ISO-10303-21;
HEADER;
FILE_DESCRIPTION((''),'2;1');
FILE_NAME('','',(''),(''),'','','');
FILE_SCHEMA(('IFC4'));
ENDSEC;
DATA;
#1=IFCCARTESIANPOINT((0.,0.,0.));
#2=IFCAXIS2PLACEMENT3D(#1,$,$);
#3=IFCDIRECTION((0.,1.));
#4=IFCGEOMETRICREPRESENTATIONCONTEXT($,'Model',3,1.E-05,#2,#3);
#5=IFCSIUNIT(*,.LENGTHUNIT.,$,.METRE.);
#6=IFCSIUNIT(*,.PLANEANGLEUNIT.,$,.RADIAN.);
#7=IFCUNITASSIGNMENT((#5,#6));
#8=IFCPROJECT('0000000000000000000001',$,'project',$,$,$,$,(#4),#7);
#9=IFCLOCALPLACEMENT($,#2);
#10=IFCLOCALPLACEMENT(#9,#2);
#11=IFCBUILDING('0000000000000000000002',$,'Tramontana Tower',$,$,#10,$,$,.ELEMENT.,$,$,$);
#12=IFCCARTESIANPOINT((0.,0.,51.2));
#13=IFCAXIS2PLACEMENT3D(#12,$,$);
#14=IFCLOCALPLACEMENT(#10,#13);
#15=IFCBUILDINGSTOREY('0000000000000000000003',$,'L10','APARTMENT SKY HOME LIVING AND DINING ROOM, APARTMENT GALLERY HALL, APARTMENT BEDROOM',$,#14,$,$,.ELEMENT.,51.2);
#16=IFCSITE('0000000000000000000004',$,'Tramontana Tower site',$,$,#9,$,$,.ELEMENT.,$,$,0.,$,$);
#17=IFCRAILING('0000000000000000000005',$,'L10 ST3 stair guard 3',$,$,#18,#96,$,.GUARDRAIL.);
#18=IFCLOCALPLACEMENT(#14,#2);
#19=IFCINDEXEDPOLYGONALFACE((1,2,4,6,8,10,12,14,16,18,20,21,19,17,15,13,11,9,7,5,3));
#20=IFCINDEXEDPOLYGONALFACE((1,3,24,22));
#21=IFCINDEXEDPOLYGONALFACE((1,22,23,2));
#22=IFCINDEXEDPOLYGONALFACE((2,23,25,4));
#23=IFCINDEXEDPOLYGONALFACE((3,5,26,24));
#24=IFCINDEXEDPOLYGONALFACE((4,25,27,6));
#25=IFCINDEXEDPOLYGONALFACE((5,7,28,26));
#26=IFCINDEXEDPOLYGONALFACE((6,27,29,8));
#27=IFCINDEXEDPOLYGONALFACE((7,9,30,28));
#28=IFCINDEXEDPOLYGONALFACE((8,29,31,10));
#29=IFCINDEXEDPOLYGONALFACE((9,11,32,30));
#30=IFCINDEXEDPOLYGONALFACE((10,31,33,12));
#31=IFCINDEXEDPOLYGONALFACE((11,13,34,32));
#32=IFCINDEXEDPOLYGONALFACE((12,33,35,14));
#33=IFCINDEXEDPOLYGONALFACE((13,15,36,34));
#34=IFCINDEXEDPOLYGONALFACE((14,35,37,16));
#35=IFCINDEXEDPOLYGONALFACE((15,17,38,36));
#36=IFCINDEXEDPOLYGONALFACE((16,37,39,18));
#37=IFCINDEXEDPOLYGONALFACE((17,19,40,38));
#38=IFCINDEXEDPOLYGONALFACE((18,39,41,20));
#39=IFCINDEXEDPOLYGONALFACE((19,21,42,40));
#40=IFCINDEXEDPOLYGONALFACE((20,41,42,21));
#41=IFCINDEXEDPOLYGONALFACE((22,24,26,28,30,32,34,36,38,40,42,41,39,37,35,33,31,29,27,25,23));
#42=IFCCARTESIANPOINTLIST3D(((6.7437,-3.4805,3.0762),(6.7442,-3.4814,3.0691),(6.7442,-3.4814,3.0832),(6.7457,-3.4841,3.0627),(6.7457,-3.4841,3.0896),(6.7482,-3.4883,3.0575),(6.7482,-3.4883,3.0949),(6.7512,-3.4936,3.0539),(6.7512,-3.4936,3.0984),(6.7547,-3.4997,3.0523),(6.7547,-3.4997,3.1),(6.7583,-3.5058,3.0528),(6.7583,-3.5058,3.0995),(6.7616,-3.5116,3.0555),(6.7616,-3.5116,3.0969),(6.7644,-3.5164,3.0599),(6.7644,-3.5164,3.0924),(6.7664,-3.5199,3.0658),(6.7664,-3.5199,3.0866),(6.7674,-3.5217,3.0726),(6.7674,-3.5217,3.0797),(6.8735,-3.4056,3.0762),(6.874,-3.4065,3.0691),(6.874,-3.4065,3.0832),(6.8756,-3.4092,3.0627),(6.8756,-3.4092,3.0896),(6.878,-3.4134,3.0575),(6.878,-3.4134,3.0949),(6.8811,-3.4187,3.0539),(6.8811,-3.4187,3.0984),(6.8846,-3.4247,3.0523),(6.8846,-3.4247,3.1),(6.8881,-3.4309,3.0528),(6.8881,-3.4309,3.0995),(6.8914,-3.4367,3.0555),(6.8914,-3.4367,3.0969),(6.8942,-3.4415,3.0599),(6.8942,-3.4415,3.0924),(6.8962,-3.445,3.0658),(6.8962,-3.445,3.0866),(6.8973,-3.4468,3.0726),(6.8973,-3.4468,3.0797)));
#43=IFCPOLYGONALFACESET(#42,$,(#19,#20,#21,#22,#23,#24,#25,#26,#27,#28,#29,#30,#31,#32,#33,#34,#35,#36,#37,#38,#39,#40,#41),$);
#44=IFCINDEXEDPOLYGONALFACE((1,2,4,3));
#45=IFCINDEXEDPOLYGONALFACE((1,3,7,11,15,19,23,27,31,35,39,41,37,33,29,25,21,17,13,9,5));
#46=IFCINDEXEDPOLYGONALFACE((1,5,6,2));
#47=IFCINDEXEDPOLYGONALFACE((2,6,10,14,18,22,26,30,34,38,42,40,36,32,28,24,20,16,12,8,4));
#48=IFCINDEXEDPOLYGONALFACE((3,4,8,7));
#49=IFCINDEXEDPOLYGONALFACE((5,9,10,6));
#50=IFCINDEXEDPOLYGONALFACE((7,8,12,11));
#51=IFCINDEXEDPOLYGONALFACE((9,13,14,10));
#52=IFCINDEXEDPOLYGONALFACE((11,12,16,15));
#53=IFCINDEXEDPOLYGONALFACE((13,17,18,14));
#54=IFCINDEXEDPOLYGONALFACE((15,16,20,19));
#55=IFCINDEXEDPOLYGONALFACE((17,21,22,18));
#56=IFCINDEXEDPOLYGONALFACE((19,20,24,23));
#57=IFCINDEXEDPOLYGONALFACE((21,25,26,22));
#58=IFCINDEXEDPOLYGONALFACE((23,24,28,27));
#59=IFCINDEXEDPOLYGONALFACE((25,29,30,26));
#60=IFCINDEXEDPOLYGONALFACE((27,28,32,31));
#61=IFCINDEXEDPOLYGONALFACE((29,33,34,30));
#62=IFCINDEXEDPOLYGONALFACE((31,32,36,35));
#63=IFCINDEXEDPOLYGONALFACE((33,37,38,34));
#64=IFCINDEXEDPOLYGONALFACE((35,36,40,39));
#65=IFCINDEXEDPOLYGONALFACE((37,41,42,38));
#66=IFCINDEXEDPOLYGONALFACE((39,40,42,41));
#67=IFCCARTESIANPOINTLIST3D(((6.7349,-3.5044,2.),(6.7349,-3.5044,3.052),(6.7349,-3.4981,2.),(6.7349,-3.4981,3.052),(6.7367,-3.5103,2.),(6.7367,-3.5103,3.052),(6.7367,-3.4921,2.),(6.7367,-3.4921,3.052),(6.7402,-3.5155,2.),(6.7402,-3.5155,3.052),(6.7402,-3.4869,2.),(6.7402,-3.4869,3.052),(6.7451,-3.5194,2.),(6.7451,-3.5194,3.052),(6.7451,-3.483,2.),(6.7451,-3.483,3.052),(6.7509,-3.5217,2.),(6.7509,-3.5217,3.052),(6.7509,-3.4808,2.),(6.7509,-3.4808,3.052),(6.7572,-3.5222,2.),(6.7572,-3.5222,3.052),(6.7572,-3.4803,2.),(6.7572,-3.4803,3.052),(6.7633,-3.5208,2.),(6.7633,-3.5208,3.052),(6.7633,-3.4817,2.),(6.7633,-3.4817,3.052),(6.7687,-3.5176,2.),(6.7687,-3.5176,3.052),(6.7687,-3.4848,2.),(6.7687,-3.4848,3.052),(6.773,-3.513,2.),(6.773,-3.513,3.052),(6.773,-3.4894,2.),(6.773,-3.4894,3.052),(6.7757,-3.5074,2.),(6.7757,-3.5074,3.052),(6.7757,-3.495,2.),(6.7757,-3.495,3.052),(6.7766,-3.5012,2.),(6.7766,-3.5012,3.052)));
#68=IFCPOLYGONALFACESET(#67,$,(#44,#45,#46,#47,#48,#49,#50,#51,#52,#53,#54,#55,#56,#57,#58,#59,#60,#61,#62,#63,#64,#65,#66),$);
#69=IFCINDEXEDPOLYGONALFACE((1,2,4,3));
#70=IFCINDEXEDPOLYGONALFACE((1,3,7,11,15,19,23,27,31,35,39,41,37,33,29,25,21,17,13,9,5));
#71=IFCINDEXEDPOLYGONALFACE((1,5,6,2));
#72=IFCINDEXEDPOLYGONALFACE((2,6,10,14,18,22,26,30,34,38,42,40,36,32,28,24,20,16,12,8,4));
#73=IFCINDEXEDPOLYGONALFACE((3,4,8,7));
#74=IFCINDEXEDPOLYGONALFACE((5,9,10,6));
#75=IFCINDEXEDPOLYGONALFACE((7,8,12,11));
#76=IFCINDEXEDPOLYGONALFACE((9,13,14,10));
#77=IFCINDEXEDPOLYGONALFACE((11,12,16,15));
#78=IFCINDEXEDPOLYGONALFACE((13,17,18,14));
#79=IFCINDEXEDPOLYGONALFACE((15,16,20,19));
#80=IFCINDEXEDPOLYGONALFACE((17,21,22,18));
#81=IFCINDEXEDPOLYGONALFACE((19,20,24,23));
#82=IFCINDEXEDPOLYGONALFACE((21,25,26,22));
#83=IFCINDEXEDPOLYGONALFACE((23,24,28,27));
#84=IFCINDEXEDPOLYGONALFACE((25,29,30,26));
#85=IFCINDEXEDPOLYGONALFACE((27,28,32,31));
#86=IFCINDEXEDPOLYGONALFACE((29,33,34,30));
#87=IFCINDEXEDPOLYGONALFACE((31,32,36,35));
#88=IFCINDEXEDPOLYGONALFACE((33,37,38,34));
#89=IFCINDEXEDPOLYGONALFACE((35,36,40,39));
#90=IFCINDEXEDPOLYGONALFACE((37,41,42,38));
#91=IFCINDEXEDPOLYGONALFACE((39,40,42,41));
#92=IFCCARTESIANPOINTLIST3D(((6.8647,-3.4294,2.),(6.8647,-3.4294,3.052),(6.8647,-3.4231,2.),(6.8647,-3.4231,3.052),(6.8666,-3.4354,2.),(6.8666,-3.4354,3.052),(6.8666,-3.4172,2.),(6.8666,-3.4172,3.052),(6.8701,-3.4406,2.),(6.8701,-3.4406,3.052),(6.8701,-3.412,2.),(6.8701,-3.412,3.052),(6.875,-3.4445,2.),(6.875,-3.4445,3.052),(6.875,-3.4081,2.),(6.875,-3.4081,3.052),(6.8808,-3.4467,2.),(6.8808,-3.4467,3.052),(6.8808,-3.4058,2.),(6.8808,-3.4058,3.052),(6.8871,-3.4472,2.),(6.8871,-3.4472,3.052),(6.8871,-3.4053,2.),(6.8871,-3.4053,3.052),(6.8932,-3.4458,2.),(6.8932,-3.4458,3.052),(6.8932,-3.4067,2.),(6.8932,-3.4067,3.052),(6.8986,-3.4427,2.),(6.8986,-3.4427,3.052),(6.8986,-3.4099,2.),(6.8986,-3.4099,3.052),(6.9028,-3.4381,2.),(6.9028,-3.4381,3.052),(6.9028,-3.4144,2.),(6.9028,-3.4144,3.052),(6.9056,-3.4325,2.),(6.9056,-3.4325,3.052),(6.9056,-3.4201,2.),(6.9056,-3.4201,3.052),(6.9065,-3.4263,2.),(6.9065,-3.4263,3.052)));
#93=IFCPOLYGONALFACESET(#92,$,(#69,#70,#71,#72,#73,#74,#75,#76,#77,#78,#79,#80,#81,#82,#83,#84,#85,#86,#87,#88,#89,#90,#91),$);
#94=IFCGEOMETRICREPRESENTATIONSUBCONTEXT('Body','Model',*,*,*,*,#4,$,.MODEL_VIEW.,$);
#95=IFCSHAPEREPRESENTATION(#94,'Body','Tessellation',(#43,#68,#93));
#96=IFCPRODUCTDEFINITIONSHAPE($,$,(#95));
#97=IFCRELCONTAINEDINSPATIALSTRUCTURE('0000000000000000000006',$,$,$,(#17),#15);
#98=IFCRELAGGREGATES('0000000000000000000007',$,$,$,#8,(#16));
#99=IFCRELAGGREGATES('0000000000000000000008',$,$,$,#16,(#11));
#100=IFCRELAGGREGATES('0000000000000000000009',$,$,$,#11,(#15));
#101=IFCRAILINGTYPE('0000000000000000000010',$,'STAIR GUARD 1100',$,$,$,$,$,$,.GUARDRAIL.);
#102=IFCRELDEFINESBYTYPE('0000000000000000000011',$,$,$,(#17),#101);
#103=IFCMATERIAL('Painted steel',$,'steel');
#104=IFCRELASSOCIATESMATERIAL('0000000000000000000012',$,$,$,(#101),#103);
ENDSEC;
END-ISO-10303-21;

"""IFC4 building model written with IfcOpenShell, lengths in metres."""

from ifc_helpers import new_model, si_unit, direction, frame, origin, origin_2d, place, context, subcontext, project, spatial, circle, extrude, material, type_object, element, save


model = new_model("IFC4")

# Units and contexts
model_context = context("Model", 3, precision=1e-05, world=origin(), true_north=direction((0.0, 1.0)))
body_context = subcontext(model_context, "Body", "Model", "MODEL_VIEW")
ifc_project = project(units=[si_unit("LENGTHUNIT", "METRE"), si_unit("PLANEANGLEUNIT", "RADIAN")], contexts=[model_context])

# Site, building, storey
site_placement = place(None, origin())
site = spatial("IfcSite", under=ifc_project, at=site_placement, Name="Tramontana Tower site", CompositionType="ELEMENT", RefElevation=0.0)
building_placement = place(site_placement, origin())
building = spatial("IfcBuilding", under=site, at=building_placement, Name="Tramontana Tower", CompositionType="ELEMENT")
storey_placement = place(building_placement, frame((0.0, 0.0, 51.2)))
storey = spatial("IfcBuildingStorey", under=building, at=storey_placement, Name="L10", Description="APARTMENT SKY HOME LIVING AND DINING ROOM, APARTMENT GALLERY HALL, APARTMENT BEDROOM", CompositionType="ELEMENT", Elevation=51.2)

# Railing
ifc_material_1 = material(Name="Painted steel", Category="steel")
railing_type_1 = type_object("IfcRailingType", Name="STAIR GUARD 1100", PredefinedType="GUARDRAIL", material=ifc_material_1)
railing_1_placement = place(storey_placement, frame((6.7556, -3.5012, 2.0)))
element("IfcRailing", 1, at=railing_1_placement, inside=storey, type_object=railing_type_1, Name="L10 ST3 stair guard 3", PredefinedType="GUARDRAIL", context=body_context, shape_type="SweptSolid", body=[
    extrude(circle(Radius=0.0239, at=origin_2d()), frame((0.0, 0.0, 1.0762), z_axis=(0.866131, 0.499816, 0.0), x_axis=(-0.499816, 0.866131, 0.0)), (0.0, 0.0, 1.0), 0.1499),
    extrude(circle(Radius=0.021, at=origin_2d()), origin(), (0.0, 0.0, 1.0), 1.052),
    extrude(circle(Radius=0.021, at=origin_2d()), frame((0.1299, 0.075, 0.0)), (0.0, 0.0, 1.0), 1.052),
])

save(model, "model.ifc")
